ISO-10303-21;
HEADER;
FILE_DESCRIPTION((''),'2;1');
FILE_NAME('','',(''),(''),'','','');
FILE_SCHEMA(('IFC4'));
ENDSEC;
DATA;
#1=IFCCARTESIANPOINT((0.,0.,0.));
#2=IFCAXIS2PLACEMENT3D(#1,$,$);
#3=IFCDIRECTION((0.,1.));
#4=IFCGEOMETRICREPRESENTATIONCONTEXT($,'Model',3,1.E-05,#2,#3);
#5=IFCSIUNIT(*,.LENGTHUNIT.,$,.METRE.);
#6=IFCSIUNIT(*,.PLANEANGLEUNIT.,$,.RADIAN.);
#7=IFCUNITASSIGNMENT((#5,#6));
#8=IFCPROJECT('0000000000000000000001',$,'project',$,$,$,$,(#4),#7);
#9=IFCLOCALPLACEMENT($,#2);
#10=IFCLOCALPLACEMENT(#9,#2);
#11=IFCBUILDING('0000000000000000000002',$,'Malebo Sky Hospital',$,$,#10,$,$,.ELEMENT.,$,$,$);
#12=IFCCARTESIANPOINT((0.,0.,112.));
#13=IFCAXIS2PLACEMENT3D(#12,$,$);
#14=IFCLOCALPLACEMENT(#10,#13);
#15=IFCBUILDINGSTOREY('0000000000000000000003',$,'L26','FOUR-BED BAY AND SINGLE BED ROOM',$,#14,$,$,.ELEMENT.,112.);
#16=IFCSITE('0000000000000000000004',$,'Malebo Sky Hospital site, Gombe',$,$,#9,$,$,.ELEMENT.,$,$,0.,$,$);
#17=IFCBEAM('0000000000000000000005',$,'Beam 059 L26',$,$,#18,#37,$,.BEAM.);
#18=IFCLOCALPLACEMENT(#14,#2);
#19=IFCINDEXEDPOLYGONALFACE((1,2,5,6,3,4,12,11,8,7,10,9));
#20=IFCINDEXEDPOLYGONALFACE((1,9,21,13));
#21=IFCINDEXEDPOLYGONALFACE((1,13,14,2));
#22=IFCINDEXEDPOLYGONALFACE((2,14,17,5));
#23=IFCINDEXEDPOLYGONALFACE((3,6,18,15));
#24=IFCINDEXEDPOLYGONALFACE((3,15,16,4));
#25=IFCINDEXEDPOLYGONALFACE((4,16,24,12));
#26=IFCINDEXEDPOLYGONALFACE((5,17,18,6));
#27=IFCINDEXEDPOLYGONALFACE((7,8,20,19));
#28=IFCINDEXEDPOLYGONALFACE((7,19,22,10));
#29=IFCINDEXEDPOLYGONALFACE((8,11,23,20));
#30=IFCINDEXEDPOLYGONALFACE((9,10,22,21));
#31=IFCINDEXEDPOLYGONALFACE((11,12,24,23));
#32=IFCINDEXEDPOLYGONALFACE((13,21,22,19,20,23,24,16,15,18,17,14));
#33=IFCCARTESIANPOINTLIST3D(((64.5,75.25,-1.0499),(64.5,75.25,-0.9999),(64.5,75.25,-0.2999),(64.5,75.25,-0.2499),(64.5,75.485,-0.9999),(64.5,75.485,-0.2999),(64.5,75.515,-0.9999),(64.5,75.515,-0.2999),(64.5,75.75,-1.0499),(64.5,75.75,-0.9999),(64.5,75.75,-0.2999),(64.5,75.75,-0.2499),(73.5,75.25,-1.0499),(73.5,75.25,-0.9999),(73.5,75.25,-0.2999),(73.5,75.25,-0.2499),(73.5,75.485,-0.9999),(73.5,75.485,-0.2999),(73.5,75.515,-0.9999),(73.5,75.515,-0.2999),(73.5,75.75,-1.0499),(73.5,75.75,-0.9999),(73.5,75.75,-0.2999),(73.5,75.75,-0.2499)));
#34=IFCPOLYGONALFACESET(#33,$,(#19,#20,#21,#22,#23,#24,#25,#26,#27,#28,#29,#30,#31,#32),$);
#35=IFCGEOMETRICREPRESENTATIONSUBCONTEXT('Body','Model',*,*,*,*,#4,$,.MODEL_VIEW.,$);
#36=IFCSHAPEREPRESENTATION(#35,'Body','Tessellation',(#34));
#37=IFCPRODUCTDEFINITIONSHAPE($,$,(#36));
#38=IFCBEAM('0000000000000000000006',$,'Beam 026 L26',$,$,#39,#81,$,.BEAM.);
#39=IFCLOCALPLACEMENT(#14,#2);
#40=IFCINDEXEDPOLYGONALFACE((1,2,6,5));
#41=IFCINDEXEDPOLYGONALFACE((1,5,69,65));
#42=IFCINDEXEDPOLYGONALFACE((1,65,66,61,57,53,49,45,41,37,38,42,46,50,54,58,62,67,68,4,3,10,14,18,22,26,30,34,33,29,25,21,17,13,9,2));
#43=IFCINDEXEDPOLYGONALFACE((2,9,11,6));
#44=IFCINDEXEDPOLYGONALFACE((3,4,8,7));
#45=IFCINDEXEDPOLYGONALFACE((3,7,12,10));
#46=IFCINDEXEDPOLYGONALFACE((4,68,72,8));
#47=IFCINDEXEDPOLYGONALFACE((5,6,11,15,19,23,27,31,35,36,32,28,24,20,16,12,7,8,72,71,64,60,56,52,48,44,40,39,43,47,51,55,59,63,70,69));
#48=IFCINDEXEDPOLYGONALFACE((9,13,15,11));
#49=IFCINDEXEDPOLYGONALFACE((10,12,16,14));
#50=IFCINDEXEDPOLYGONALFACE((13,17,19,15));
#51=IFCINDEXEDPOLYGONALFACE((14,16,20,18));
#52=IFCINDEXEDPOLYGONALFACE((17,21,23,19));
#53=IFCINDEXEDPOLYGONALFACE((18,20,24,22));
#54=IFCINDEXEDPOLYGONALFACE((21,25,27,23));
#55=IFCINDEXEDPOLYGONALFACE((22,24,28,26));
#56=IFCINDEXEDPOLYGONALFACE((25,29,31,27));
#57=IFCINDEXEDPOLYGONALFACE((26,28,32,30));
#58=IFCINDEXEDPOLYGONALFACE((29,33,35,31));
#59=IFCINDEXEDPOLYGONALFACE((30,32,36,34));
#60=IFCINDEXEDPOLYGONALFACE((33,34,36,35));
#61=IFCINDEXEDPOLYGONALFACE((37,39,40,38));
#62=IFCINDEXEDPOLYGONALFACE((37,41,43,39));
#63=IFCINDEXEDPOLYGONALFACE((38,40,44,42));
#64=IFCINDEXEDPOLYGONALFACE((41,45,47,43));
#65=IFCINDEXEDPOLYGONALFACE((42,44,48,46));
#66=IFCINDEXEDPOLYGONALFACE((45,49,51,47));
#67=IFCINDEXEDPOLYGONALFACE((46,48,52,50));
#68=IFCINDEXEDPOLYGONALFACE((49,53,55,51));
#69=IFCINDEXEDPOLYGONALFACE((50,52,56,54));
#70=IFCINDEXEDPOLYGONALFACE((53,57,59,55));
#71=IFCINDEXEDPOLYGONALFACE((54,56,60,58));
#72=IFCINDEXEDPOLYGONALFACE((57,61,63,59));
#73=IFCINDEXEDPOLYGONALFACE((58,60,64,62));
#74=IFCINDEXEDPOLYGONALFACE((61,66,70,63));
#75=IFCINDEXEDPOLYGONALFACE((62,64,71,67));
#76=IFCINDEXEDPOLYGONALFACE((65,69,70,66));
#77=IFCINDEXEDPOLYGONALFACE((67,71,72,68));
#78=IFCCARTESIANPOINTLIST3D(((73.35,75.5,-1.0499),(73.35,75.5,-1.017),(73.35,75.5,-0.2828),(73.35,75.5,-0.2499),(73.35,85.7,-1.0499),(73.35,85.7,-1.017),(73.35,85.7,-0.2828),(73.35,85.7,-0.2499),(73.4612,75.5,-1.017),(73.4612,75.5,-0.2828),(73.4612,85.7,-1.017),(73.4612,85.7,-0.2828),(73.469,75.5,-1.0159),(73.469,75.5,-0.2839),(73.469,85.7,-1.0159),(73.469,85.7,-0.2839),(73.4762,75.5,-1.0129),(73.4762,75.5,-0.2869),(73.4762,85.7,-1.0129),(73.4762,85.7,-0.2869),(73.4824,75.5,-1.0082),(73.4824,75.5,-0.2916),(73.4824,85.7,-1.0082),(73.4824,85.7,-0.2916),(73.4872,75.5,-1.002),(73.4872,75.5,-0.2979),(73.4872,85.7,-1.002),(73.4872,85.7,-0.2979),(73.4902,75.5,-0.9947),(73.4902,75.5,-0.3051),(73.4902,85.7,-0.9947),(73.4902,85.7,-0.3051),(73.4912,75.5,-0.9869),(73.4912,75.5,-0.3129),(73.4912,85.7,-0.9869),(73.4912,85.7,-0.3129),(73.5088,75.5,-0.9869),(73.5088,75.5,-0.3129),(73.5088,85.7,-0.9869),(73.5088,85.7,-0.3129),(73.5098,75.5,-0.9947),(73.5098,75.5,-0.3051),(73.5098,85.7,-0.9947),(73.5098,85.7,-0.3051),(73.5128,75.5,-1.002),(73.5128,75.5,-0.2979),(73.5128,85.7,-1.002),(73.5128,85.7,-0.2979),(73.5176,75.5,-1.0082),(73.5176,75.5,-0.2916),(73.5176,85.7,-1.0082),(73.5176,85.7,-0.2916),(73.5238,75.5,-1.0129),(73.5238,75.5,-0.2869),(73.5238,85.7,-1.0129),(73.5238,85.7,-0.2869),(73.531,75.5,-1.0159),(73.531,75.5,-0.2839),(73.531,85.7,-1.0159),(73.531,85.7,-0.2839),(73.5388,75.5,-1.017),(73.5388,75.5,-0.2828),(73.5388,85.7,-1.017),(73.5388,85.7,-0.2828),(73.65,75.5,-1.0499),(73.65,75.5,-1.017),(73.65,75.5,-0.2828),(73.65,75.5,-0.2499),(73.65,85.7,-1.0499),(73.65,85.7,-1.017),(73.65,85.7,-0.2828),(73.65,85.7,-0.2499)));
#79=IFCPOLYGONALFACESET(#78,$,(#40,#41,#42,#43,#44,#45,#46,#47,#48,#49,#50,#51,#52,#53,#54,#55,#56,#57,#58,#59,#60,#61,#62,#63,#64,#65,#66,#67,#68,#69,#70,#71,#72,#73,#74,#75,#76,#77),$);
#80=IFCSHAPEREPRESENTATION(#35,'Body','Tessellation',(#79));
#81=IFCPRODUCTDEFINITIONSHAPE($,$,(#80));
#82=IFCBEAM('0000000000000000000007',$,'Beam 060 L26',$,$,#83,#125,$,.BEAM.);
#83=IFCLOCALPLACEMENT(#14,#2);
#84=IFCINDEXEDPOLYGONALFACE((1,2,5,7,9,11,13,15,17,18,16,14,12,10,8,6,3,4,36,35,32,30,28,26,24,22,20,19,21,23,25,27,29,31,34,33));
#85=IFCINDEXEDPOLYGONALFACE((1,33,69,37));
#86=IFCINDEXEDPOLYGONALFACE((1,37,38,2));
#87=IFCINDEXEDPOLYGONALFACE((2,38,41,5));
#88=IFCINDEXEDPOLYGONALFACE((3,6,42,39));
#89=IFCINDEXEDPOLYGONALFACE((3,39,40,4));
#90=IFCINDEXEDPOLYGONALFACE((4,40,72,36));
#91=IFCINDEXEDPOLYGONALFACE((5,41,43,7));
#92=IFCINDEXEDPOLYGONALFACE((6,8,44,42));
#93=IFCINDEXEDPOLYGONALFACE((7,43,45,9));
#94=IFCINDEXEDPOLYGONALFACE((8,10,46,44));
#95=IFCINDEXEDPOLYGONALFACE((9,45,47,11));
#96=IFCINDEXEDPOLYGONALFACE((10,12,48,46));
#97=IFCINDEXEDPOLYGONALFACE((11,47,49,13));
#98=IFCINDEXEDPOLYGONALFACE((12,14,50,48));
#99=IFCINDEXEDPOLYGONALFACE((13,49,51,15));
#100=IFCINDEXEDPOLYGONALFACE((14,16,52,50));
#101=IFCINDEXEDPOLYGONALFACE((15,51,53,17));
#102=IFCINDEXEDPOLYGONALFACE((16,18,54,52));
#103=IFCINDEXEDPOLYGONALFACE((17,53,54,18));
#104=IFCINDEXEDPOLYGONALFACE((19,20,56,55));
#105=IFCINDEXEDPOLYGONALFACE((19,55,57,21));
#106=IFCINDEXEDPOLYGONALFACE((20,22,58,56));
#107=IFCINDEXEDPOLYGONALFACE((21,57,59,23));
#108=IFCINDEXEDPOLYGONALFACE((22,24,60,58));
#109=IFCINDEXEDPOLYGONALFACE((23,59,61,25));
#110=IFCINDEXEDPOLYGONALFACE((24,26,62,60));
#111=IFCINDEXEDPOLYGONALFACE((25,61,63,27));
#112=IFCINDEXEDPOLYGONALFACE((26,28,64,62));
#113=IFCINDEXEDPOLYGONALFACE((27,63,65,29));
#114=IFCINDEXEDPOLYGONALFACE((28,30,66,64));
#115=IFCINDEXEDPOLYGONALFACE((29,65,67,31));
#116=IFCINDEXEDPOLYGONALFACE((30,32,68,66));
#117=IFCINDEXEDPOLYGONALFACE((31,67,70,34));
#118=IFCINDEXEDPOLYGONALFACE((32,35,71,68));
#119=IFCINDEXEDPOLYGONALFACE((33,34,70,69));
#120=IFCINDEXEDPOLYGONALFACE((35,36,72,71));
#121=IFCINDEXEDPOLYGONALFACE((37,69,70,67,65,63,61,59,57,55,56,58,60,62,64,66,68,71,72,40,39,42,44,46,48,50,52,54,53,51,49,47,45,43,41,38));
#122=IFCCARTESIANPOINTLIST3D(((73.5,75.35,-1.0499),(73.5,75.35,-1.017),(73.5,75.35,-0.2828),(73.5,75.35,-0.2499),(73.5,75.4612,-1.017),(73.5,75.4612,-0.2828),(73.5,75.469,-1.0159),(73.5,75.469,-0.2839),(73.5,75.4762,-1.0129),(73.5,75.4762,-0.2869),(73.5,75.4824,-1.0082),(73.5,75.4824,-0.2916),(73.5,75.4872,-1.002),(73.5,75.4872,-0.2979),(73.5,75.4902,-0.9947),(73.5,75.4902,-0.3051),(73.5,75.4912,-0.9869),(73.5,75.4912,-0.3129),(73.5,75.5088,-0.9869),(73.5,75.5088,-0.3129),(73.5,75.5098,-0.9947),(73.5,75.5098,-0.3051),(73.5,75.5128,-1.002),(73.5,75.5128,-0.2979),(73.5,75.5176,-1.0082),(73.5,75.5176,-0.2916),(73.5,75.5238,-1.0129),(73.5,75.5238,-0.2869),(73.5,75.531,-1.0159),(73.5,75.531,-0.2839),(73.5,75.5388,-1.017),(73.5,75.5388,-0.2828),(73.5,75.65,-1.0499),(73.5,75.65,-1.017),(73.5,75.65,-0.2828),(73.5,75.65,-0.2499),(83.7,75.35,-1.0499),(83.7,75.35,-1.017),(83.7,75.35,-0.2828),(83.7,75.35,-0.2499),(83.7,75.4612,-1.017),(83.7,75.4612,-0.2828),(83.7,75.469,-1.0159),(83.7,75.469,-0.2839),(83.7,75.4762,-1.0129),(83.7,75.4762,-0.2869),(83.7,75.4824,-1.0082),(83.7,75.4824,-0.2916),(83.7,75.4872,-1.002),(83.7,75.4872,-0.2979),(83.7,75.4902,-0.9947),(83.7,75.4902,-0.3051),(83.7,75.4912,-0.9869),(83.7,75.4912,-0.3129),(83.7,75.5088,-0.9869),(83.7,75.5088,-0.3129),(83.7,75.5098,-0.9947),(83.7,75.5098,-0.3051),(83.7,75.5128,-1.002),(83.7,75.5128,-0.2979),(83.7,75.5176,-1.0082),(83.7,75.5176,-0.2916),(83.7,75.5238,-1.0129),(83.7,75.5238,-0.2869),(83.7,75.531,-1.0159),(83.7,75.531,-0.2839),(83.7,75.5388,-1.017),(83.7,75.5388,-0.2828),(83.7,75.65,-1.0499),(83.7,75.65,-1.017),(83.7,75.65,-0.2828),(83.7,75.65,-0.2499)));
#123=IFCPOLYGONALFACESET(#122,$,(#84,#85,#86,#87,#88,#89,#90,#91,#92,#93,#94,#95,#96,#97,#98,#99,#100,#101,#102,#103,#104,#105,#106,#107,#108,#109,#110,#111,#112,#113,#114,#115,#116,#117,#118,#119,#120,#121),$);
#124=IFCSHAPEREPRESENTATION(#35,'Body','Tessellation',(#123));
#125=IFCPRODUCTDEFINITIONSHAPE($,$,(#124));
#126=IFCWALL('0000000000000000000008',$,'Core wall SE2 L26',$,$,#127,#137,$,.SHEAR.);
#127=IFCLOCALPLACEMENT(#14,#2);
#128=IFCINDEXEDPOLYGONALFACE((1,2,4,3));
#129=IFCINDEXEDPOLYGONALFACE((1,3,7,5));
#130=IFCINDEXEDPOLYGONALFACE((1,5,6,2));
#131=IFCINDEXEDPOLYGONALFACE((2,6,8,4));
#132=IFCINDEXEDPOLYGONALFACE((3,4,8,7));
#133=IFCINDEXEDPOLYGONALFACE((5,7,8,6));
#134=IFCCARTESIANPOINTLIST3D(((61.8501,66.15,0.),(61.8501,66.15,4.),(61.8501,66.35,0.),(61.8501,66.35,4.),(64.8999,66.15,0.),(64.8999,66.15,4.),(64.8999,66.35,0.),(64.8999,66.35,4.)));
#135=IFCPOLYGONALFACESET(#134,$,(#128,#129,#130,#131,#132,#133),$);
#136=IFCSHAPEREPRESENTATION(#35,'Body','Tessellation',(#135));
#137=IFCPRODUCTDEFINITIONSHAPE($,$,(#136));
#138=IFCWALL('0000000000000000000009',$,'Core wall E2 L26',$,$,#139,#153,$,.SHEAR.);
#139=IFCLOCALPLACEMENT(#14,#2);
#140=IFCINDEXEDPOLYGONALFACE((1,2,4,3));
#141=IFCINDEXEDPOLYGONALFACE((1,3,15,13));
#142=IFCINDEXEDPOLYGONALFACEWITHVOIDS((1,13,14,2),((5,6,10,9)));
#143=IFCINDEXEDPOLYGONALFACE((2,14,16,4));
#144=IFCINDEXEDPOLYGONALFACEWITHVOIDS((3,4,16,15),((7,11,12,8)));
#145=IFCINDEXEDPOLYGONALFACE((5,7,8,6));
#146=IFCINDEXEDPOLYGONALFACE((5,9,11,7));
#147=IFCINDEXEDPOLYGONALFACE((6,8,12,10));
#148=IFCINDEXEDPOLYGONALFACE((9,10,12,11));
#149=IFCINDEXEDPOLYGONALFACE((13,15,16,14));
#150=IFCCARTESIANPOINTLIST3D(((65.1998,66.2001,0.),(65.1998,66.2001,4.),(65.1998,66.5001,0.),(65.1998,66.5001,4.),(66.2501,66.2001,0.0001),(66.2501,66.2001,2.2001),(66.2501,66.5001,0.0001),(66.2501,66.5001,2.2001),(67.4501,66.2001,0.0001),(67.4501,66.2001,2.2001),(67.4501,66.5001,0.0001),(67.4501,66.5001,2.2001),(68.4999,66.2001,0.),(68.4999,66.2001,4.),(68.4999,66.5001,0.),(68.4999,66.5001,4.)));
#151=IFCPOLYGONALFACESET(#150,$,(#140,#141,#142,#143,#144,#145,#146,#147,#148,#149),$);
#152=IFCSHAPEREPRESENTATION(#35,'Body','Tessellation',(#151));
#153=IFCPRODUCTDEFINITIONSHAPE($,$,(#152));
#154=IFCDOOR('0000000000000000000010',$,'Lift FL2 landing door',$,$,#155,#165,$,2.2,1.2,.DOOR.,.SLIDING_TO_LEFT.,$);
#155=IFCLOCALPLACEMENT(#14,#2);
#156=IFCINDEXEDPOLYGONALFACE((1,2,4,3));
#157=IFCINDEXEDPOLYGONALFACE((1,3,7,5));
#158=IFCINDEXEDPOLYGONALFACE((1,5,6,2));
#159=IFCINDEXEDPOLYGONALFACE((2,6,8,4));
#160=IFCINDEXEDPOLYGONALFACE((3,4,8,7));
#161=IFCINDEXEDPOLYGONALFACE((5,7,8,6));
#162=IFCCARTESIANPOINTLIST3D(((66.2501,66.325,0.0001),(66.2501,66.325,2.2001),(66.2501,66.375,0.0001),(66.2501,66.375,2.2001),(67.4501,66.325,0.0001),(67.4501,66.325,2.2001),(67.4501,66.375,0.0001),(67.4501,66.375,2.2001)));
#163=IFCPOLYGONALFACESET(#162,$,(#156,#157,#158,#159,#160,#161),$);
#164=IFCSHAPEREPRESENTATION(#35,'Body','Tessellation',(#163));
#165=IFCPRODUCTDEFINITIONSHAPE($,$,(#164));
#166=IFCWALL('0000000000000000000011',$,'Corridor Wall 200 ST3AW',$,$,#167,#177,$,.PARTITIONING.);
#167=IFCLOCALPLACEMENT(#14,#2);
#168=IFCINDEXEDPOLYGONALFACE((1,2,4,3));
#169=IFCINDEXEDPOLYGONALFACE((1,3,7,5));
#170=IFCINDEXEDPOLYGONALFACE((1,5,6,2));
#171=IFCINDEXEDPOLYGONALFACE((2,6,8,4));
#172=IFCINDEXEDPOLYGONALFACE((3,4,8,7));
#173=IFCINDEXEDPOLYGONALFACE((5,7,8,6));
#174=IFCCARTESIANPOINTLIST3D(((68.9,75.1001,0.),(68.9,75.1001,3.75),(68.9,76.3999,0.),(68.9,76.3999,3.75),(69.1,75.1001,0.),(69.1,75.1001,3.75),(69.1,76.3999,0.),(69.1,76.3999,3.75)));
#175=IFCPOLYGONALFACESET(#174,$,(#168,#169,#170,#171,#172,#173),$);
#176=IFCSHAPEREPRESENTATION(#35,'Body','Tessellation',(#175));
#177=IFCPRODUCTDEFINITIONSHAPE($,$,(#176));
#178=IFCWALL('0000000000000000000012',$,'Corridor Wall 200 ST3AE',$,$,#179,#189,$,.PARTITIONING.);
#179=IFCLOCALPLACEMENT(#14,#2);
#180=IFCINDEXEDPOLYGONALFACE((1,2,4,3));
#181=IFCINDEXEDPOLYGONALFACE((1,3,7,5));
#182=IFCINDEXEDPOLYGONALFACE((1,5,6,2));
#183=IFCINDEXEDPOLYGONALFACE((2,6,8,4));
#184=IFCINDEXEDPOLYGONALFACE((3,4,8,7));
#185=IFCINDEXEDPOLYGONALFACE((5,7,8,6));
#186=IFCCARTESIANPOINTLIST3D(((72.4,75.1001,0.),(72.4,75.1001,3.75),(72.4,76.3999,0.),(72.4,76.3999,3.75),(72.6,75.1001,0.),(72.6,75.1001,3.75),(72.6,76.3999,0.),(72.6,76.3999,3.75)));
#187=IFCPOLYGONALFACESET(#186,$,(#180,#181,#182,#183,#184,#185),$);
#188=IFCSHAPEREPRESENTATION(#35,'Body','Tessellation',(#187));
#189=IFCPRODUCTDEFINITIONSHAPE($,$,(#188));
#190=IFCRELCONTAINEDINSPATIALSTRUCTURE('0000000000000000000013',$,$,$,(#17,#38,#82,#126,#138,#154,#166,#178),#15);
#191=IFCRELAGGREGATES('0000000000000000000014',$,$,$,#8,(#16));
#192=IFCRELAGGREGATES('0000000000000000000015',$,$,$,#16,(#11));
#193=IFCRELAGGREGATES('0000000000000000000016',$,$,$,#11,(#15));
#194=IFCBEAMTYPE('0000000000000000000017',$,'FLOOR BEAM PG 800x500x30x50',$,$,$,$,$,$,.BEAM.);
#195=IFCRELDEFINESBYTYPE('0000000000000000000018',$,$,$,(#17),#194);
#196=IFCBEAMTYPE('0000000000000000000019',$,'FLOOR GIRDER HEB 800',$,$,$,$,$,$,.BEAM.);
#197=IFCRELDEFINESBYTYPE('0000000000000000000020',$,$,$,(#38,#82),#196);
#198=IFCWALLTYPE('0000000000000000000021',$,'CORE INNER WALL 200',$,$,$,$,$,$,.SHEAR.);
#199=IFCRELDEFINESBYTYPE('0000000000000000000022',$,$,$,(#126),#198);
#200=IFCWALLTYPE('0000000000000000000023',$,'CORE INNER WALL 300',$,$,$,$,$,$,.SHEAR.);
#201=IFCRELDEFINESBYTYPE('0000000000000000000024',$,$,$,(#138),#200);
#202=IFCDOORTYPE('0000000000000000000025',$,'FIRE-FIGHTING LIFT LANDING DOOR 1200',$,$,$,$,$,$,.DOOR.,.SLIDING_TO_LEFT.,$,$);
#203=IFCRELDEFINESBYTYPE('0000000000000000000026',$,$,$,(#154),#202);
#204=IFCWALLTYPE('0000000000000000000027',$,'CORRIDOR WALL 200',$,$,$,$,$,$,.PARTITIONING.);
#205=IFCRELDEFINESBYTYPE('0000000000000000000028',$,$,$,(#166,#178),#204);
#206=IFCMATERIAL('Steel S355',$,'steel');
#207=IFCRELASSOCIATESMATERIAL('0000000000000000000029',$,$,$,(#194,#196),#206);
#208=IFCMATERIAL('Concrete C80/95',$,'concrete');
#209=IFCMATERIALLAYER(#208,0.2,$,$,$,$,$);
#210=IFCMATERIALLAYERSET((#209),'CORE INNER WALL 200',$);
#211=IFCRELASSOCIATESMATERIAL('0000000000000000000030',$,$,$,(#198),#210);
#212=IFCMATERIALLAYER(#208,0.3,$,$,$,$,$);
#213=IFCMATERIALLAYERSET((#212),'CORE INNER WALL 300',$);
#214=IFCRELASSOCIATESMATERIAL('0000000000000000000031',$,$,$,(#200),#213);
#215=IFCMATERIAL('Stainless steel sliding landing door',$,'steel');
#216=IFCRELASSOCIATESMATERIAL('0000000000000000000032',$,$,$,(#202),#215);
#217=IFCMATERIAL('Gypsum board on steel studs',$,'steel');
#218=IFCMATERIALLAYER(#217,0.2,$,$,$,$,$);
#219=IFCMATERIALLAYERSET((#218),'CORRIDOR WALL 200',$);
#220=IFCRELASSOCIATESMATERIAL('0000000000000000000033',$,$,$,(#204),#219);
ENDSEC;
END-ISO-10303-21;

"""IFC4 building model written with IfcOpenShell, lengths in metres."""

from ifc_helpers import new_model, si_unit, direction, frame, frame_2d, origin, origin_2d, place, context, subcontext, project, spatial, rectangle, i_section, extrude, material, layer, layer_set, material_profile, profile_set, type_object, element, fill, save


model = new_model("IFC4")

# Units and contexts
model_context = context("Model", 3, precision=1e-05, world=origin(), true_north=direction((0.0, 1.0)))
body_context = subcontext(model_context, "Body", "Model", "MODEL_VIEW")
ifc_project = project(units=[si_unit("LENGTHUNIT", "METRE"), si_unit("PLANEANGLEUNIT", "RADIAN")], contexts=[model_context])

# Site, building, storey
site_placement = place(None, origin())
site = spatial("IfcSite", under=ifc_project, at=site_placement, Name="Malebo Sky Hospital site, Gombe", CompositionType="ELEMENT", RefElevation=0.0)
building_placement = place(site_placement, origin())
building = spatial("IfcBuilding", under=site, at=building_placement, Name="Malebo Sky Hospital", CompositionType="ELEMENT")
storey_placement = place(building_placement, frame((0.0, 0.0, 112.0)))
storey = spatial("IfcBuildingStorey", under=building, at=storey_placement, Name="L26", Description="FOUR-BED BAY AND SINGLE BED ROOM", CompositionType="ELEMENT", Elevation=112.0)

# Beams
ifc_material_1 = material(Name="Steel S355", Category="steel")
ifc_material_profile_1 = material_profile(ifc_material_1, i_section(OverallWidth=0.5, OverallDepth=0.8, WebThickness=0.03, FlangeThickness=0.05, at=origin_2d()), Name="PG 800x500x30x50")
ifc_profile_set_1 = profile_set([ifc_material_profile_1], Name="Steel S355")
beam_type_1 = type_object("IfcBeamType", Name="FLOOR BEAM PG 800x500x30x50", PredefinedType="BEAM", material=ifc_profile_set_1)
beam_1_placement = place(storey_placement, frame((64.5, 75.5, -0.6499), z_axis=(1.0, 0.0, 0.0), x_axis=(0.0, 1.0, 0.0)))
element("IfcBeam", 1, at=beam_1_placement, inside=storey, type_object=beam_type_1, Name="Beam 059 L26", PredefinedType="BEAM", context=body_context, shape_type="SweptSolid", body=[
    extrude(i_section(OverallWidth=0.5, OverallDepth=0.8, WebThickness=0.03, FlangeThickness=0.05, at=origin_2d()), origin(), (0.0, 0.0, 1.0), 9.0),
])
ifc_material_profile_2 = material_profile(ifc_material_1, i_section(OverallWidth=0.3, OverallDepth=0.8, WebThickness=0.0176, FlangeThickness=0.033, FilletRadius=0.03, at=origin_2d()), Name="HEB 800")
ifc_profile_set_2 = profile_set([ifc_material_profile_2], Name="Steel S355")
beam_type_2 = type_object("IfcBeamType", Name="FLOOR GIRDER HEB 800", PredefinedType="BEAM", material=ifc_profile_set_2)
for number, where, z_axis, x_axis, name in (
    (2, (73.5, 75.5, -0.6499), (0.0, 1.0, 0.0), (-1.0, 0.0, 0.0), "Beam 026 L26"),
    (3, (73.5, 75.5, -0.6499), (1.0, 0.0, 0.0), (0.0, 1.0, 0.0), "Beam 060 L26"),
):
    element("IfcBeam", number, at=place(storey_placement, frame(where, z_axis=z_axis, x_axis=x_axis)), inside=storey, type_object=beam_type_2, Name=name, PredefinedType="BEAM", context=body_context, shape_type="SweptSolid", body=[
        extrude(i_section(OverallWidth=0.3, OverallDepth=0.8, WebThickness=0.0176, FlangeThickness=0.033, FilletRadius=0.03, at=origin_2d()), origin(), (0.0, 0.0, 1.0), 10.2),
    ])

# Wall
ifc_material_2 = material(Name="Concrete C80/95", Category="concrete")
ifc_layer_1 = layer(ifc_material_2, 0.2)
ifc_layer_set_1 = layer_set([ifc_layer_1], Name="CORE INNER WALL 200")
wall_type_1 = type_object("IfcWallType", Name="CORE INNER WALL 200", PredefinedType="SHEAR", material=ifc_layer_set_1)
wall_1_placement = place(storey_placement, frame((61.8501, 66.25, 0.0), z_axis=(0.0, 0.0, 1.0), x_axis=(1.0, 0.0, 0.0)))
element("IfcWall", 4, at=wall_1_placement, inside=storey, type_object=wall_type_1, Name="Core wall SE2 L26", PredefinedType="SHEAR", context=body_context, shape_type="SweptSolid", body=[
    extrude(rectangle(XDim=3.0498, YDim=0.2, at=frame_2d((1.5249, 0.0))), origin(), (0.0, 0.0, 1.0), 4.0),
])

# Wall, opening, door
ifc_layer_2 = layer(ifc_material_2, 0.3)
ifc_layer_set_2 = layer_set([ifc_layer_2], Name="CORE INNER WALL 300")
wall_type_2 = type_object("IfcWallType", Name="CORE INNER WALL 300", PredefinedType="SHEAR", material=ifc_layer_set_2)
wall_2_placement = place(storey_placement, frame((65.2, 66.3501, 0.0), z_axis=(0.0, 0.0, 1.0), x_axis=(1.0, 0.0, 0.0)))
wall_2 = element("IfcWall", 5, at=wall_2_placement, inside=storey, type_object=wall_type_2, Name="Core wall E2 L26", PredefinedType="SHEAR", context=body_context, shape_type="SweptSolid", body=[
    extrude(rectangle(XDim=3.3, YDim=0.3, at=frame_2d((1.6499, 0.0))), origin(), (0.0, 0.0, 1.0), 4.0),
])
opening_1_placement = place(wall_2_placement, frame((1.05, 0.0, 0.0)))
opening_1 = element("IfcOpeningElement", 6, at=opening_1_placement, cuts=wall_2, PredefinedType="OPENING", context=body_context, shape_type="SweptSolid", body=[
    extrude(rectangle(XDim=1.2, YDim=2.2, at=frame_2d((0.6001, 1.1001))), frame((0.0, 0.1599, 0.0), z_axis=(0.0, -1.0, 0.0), x_axis=(1.0, 0.0, 0.0)), (0.0, 0.0, 1.0), 0.3201),
])
ifc_material_3 = material(Name="Stainless steel sliding landing door", Category="steel")
door_type_1 = type_object("IfcDoorType", Name="FIRE-FIGHTING LIFT LANDING DOOR 1200", OperationType="SLIDING_TO_LEFT", PredefinedType="DOOR", material=ifc_material_3)
door_1_placement = place(opening_1_placement, origin())
door_1 = element("IfcDoor", 7, at=door_1_placement, inside=storey, type_object=door_type_1, Name="Lift FL2 landing door", OperationType="SLIDING_TO_LEFT", OverallHeight=2.2, OverallWidth=1.2, PredefinedType="DOOR", context=body_context, shape_type="SweptSolid", body=[
    extrude(rectangle(XDim=1.2, YDim=2.2, at=frame_2d((0.6001, 1.1001))), frame((0.0, 0.0249, 0.0), z_axis=(0.0, -1.0, 0.0), x_axis=(1.0, 0.0, 0.0)), (0.0, 0.0, 1.0), 0.05),
])
fill(opening_1, door_1)

# Walls
ifc_material_4 = material(Name="Gypsum board on steel studs", Category="steel")
ifc_layer_3 = layer(ifc_material_4, 0.2)
ifc_layer_set_3 = layer_set([ifc_layer_3], Name="CORRIDOR WALL 200")
wall_type_3 = type_object("IfcWallType", Name="CORRIDOR WALL 200", PredefinedType="PARTITIONING", material=ifc_layer_set_3)
for number, where, z_axis, x_axis, name in (
    (8, (69.0, 75.1001, 0.0), (0.0, 0.0, 1.0), (0.0, 1.0, 0.0), "Corridor Wall 200 ST3AW"),
    (9, (72.5, 75.1001, 0.0), (0.0, 0.0, 1.0), (0.0, 1.0, 0.0), "Corridor Wall 200 ST3AE"),
):
    element("IfcWall", number, at=place(storey_placement, frame(where, z_axis=z_axis, x_axis=x_axis)), inside=storey, type_object=wall_type_3, Name=name, PredefinedType="PARTITIONING", context=body_context, shape_type="SweptSolid", body=[
        extrude(rectangle(XDim=1.2998, YDim=0.2, at=frame_2d((0.6499, 0.0))), origin(), (0.0, 0.0, 1.0), 3.75),
    ])

save(model, "model.ifc")
